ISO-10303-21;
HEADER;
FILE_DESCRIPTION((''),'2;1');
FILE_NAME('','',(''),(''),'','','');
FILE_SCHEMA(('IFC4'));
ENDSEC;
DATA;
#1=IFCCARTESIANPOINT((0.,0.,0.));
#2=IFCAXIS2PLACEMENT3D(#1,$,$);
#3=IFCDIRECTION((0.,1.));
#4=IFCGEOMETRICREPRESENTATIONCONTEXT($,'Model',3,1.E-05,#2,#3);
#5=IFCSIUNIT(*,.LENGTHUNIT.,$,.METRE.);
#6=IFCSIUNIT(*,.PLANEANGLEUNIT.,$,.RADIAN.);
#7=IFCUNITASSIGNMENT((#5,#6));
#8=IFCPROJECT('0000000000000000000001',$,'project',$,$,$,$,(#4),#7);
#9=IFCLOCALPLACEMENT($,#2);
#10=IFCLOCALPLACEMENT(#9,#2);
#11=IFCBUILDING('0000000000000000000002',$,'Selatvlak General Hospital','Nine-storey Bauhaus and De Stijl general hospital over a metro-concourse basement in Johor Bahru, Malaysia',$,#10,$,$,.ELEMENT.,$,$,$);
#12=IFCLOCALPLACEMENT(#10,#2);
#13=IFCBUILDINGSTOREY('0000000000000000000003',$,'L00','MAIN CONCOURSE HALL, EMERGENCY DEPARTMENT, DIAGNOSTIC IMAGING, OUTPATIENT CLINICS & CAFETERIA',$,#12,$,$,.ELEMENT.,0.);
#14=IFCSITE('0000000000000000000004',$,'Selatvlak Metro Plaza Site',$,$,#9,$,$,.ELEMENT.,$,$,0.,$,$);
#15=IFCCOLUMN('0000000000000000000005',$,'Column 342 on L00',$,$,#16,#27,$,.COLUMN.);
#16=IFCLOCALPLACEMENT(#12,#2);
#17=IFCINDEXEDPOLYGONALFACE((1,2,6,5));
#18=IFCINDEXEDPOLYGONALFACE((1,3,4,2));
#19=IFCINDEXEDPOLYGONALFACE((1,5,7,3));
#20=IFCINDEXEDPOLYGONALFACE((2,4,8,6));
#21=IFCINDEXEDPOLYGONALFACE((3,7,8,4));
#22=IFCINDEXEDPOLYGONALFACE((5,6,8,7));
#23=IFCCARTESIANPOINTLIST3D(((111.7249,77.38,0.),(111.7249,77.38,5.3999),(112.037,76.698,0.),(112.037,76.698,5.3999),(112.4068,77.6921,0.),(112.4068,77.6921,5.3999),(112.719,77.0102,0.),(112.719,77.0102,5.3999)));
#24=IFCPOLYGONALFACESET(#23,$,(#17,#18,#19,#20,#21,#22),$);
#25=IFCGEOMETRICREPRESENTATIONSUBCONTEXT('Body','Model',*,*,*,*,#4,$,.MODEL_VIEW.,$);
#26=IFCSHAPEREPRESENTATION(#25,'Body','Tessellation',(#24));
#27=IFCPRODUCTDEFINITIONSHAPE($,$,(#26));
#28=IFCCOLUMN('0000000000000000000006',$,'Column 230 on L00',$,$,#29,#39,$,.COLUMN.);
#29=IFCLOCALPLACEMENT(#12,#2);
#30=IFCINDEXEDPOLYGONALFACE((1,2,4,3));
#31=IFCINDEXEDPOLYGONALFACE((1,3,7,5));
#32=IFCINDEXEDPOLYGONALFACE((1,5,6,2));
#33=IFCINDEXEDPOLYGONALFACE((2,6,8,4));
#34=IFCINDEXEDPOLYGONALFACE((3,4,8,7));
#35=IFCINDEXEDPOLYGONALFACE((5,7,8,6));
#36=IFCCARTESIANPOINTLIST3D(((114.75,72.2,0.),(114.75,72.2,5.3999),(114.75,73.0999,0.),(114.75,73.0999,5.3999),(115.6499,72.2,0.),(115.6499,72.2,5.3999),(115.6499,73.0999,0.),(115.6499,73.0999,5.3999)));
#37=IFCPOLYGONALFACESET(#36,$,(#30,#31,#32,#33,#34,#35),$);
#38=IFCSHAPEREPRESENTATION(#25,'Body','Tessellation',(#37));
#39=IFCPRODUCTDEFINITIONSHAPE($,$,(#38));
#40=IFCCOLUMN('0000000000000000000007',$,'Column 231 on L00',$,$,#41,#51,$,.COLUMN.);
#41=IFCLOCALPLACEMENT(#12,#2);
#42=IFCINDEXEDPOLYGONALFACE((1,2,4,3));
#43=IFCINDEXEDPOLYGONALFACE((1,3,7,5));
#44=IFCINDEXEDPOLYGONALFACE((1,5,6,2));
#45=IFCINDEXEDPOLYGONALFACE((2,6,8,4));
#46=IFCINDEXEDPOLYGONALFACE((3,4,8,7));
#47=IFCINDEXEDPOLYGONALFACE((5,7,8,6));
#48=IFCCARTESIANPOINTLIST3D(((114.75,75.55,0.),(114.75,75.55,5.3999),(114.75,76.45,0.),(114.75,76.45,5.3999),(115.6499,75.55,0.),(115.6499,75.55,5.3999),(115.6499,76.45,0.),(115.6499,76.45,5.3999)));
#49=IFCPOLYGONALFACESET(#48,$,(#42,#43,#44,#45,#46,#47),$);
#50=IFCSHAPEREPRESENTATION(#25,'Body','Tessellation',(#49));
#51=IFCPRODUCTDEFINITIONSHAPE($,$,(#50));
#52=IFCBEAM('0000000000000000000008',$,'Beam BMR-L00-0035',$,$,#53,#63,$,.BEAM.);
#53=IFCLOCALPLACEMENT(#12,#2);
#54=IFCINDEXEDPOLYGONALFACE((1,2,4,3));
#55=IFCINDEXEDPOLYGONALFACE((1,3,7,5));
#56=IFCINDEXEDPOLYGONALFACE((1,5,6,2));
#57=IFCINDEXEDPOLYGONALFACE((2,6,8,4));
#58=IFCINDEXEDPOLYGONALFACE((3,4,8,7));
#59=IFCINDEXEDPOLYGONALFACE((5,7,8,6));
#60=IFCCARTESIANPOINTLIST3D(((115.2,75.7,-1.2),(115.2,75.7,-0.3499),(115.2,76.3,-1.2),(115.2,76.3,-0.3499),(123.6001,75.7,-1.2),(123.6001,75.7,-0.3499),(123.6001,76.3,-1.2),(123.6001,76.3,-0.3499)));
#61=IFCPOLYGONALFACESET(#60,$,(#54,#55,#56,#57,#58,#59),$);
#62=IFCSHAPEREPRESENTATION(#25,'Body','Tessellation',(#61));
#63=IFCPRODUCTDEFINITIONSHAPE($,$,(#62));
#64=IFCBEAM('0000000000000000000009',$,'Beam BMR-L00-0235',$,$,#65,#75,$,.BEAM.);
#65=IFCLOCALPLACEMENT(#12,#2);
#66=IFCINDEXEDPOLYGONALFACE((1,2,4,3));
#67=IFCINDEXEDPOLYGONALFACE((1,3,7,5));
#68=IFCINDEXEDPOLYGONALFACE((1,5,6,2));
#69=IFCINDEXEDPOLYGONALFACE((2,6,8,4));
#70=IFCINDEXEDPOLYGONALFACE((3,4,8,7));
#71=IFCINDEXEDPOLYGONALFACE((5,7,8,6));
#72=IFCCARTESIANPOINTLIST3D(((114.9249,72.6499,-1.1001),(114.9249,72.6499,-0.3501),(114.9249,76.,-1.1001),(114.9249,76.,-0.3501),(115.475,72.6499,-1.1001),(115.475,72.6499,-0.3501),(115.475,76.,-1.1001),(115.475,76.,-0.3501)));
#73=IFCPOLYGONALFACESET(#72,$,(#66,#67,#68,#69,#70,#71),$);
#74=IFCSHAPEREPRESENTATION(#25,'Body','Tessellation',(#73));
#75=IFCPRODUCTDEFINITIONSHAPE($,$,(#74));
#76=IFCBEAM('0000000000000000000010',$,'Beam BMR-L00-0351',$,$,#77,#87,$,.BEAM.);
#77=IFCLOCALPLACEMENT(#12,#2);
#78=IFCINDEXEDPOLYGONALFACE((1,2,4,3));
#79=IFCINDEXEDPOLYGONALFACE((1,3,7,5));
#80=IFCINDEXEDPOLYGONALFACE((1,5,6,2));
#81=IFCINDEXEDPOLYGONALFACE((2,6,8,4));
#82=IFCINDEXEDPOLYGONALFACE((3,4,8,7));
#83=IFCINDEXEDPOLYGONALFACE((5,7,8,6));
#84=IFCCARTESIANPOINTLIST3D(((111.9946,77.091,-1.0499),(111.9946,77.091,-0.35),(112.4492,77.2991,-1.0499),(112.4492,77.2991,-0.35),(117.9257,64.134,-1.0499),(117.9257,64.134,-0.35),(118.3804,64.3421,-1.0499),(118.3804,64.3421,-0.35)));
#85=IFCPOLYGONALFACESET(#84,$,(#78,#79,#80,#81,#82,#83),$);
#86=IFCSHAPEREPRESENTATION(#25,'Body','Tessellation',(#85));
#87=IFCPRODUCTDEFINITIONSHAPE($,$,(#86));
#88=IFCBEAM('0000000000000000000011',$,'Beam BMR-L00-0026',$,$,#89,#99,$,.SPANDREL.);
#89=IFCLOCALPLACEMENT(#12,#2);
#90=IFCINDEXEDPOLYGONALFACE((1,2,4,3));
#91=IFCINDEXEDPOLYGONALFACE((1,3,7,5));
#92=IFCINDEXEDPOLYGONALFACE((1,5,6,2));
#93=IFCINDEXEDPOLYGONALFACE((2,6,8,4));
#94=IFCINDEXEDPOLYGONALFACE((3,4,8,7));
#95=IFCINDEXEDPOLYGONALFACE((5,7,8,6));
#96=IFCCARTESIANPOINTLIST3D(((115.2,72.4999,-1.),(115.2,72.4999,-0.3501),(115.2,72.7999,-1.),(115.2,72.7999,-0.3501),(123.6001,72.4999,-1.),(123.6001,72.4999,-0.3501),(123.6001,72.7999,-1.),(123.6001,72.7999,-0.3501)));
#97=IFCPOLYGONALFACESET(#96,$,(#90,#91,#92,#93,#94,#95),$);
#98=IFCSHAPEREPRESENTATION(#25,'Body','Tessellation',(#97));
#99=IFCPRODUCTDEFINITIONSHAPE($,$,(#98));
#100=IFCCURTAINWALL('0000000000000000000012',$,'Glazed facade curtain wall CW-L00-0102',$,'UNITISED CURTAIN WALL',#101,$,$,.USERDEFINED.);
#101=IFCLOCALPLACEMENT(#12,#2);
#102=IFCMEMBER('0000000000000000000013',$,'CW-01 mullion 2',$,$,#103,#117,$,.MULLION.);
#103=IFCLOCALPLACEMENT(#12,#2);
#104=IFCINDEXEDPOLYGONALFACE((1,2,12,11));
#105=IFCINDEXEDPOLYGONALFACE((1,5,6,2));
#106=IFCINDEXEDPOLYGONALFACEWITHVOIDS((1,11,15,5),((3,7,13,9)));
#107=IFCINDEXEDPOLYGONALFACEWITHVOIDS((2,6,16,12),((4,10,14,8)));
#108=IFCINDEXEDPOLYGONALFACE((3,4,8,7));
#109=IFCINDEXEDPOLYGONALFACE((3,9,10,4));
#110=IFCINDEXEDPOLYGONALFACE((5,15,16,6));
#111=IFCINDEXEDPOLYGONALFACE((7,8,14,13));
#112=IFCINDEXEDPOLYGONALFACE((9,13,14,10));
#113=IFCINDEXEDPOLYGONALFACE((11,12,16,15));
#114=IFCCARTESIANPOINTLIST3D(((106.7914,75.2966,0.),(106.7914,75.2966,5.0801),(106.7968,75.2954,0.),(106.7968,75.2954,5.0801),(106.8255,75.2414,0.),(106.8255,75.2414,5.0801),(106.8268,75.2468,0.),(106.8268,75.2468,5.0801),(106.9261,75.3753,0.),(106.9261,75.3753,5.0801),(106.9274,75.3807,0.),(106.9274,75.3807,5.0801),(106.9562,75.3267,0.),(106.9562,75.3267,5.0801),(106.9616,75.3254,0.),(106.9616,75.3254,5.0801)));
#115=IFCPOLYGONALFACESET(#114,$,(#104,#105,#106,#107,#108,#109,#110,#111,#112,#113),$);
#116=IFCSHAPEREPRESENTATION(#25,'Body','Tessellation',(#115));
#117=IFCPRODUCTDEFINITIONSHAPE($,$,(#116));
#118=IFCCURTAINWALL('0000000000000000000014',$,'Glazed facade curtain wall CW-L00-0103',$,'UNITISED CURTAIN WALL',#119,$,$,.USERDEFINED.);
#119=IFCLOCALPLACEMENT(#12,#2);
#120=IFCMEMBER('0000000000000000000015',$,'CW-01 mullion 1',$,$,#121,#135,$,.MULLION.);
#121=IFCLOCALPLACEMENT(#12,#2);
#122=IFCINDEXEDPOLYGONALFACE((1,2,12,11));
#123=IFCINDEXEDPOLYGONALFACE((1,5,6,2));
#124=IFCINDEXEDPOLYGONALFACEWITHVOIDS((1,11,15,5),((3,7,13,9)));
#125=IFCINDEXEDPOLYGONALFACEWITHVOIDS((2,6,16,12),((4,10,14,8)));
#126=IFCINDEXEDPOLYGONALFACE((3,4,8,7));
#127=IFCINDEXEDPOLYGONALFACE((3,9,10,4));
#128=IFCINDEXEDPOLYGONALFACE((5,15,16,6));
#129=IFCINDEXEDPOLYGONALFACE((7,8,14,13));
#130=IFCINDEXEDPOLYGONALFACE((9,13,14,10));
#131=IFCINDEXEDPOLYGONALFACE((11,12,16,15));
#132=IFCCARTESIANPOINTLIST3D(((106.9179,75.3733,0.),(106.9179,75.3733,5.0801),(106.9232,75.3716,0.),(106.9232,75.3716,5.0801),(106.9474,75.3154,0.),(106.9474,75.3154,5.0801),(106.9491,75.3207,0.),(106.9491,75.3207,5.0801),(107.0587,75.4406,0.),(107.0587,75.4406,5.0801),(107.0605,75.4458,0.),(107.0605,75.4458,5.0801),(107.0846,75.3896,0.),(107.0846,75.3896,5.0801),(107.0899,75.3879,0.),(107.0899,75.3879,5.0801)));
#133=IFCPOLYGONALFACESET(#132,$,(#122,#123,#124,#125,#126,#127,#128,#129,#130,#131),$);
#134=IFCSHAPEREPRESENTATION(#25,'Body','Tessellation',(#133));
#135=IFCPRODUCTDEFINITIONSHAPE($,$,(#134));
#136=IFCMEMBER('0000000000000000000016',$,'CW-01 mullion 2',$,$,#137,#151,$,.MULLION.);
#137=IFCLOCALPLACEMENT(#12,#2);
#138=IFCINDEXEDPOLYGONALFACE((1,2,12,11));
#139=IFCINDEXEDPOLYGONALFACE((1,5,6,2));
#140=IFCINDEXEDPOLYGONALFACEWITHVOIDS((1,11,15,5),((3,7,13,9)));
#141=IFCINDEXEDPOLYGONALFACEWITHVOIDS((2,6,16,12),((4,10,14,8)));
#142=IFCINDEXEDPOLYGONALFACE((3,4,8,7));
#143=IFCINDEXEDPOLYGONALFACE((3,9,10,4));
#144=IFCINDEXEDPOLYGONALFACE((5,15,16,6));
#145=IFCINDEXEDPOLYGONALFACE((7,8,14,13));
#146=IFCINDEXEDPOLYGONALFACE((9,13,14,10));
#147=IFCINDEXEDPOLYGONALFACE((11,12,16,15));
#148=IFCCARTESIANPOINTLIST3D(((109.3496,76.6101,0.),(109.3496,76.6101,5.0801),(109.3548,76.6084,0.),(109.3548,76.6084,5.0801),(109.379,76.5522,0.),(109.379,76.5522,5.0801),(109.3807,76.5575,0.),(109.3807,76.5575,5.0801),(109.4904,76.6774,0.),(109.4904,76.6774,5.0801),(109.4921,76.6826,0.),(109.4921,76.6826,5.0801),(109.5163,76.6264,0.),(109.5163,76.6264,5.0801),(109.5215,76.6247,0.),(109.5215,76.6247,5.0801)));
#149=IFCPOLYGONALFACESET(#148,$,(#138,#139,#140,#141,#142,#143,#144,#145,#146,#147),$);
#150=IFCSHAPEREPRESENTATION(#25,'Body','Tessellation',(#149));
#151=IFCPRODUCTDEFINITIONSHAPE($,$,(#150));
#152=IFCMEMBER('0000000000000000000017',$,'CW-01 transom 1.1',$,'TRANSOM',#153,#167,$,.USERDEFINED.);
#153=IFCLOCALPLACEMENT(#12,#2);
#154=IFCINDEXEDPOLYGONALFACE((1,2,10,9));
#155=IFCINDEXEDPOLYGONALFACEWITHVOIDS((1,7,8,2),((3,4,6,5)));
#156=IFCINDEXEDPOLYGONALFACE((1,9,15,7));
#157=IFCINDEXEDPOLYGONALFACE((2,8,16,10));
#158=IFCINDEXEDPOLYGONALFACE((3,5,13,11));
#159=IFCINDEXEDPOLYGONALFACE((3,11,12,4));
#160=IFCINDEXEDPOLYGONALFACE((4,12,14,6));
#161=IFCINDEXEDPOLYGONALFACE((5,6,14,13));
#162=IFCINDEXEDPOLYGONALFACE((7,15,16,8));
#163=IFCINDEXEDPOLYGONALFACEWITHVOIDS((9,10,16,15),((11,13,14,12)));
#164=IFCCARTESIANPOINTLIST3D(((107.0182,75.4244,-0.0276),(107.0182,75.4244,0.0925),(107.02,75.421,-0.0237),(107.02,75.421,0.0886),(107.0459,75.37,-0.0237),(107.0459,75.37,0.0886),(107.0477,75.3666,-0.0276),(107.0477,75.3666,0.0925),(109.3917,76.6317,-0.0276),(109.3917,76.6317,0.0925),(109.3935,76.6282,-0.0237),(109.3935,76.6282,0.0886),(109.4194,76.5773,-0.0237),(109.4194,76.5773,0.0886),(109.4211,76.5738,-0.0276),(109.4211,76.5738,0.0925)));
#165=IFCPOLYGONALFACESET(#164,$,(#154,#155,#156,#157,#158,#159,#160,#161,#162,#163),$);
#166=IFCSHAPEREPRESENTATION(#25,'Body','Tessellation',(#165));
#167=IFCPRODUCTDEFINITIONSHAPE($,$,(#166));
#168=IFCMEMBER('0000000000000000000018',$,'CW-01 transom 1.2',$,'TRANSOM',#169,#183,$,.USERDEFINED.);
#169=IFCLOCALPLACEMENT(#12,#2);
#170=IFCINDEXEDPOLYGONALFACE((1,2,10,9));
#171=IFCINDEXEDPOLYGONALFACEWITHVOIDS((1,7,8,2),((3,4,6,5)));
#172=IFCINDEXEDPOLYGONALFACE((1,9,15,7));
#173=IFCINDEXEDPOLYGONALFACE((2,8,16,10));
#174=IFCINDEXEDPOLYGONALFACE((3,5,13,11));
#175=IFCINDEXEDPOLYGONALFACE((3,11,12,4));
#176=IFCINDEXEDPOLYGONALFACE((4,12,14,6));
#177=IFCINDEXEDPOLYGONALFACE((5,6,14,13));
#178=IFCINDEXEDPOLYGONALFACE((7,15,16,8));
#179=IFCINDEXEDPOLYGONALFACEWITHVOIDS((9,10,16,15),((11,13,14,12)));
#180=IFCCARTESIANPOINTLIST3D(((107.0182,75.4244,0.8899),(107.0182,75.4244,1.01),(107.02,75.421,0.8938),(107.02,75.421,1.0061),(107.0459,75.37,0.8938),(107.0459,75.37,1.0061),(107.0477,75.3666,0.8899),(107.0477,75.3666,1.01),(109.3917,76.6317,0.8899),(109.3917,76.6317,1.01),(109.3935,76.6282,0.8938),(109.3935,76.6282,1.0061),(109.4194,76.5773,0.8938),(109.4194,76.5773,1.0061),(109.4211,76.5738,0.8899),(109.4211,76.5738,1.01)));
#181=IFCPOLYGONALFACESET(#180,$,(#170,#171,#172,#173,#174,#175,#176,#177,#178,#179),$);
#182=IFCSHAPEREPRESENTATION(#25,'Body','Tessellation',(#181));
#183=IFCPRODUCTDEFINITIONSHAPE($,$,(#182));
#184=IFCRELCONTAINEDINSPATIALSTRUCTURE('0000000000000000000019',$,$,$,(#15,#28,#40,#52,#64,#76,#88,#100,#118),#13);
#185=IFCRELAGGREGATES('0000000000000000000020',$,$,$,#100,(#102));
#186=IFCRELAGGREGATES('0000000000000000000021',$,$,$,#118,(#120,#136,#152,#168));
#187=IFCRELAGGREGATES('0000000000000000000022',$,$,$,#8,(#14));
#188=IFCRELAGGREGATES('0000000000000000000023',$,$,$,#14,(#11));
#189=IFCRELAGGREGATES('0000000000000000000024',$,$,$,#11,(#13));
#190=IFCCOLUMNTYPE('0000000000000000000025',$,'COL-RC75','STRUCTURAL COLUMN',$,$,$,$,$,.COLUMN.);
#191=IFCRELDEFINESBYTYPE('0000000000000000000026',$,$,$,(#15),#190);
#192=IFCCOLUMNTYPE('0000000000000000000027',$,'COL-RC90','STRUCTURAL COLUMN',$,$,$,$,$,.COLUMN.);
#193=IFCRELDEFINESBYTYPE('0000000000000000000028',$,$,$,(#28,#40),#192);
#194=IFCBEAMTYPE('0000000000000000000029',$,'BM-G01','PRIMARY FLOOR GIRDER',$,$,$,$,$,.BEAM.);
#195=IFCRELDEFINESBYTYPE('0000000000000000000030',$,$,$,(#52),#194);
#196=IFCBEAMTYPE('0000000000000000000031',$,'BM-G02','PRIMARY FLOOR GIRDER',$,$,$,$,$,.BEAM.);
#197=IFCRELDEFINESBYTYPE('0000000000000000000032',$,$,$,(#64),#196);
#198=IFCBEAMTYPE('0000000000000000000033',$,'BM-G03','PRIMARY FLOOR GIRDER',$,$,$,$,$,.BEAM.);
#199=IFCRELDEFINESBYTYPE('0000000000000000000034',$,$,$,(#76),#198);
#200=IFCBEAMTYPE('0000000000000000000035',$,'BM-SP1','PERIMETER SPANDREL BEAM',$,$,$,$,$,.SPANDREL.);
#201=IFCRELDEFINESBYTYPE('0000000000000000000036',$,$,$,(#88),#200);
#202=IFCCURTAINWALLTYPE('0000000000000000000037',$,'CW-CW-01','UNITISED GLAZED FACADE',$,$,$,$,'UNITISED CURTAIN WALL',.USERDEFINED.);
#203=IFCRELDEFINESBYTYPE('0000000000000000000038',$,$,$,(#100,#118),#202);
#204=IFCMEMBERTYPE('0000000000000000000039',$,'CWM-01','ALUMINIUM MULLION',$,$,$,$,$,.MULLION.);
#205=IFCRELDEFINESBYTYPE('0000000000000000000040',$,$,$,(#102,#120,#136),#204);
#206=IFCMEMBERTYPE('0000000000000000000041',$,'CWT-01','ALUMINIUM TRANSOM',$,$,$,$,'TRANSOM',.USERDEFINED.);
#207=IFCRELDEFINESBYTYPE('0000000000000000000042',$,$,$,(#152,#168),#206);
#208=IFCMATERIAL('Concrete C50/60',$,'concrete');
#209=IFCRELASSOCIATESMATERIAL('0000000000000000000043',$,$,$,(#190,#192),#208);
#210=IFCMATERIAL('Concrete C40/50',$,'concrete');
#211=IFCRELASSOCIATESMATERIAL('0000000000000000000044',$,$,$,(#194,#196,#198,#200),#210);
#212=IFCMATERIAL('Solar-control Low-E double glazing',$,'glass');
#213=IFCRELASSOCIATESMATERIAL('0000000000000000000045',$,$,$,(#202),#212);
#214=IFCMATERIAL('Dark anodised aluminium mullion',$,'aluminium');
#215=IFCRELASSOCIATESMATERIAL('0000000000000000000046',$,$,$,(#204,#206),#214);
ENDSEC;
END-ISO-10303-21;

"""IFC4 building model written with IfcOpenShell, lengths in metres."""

from ifc_helpers import new_model, si_unit, direction, frame, origin, origin_2d, place, context, subcontext, project, spatial, rectangle, hollow_rectangle, extrude, material, material_profile, profile_set, type_object, element, aggregate, save


model = new_model("IFC4")

# Units and contexts
model_context = context("Model", 3, precision=1e-05, world=origin(), true_north=direction((0.0, 1.0)))
body_context = subcontext(model_context, "Body", "Model", "MODEL_VIEW")
ifc_project = project(units=[si_unit("LENGTHUNIT", "METRE"), si_unit("PLANEANGLEUNIT", "RADIAN")], contexts=[model_context])

# Site, building, storey
site_placement = place(None, origin())
site = spatial("IfcSite", under=ifc_project, at=site_placement, Name="Selatvlak Metro Plaza Site", CompositionType="ELEMENT", RefElevation=0.0)
building_placement = place(site_placement, origin())
building = spatial("IfcBuilding", under=site, at=building_placement, Name="Selatvlak General Hospital", Description="Nine-storey Bauhaus and De Stijl general hospital over a metro-concourse basement in Johor Bahru, Malaysia", CompositionType="ELEMENT")
storey_placement = place(building_placement, origin())
storey = spatial("IfcBuildingStorey", under=building, at=storey_placement, Name="L00", Description="MAIN CONCOURSE HALL, EMERGENCY DEPARTMENT, DIAGNOSTIC IMAGING, OUTPATIENT CLINICS & CAFETERIA", CompositionType="ELEMENT", Elevation=0.0)

# Columns
ifc_material_1 = material(Name="Concrete C50/60", Category="concrete")
ifc_material_profile_1 = material_profile(ifc_material_1, rectangle(XDim=0.75, YDim=0.75, at=origin_2d()), Name="RC-COL 750x750")
ifc_profile_set_1 = profile_set([ifc_material_profile_1], Name="Concrete C50/60")
column_type_1 = type_object("IfcColumnType", Name="COL-RC75", Description="STRUCTURAL COLUMN", PredefinedType="COLUMN", material=ifc_profile_set_1)
column_placement = place(storey_placement, frame((112.2219, 77.1951, 0.0), z_axis=(0.0, 0.0, 1.0), x_axis=(-0.416201, 0.909272, 0.0)))
element("IfcColumn", 1, at=column_placement, inside=storey, type_object=column_type_1, Name="Column 342 on L00", PredefinedType="COLUMN", context=body_context, shape_type="SweptSolid", body=[
    extrude(rectangle(XDim=0.75, YDim=0.75, at=origin_2d()), origin(), (0.0, 0.0, 1.0), 5.3999),
])
ifc_material_profile_2 = material_profile(ifc_material_1, rectangle(XDim=0.8999, YDim=0.8999, at=origin_2d()), Name="RC-COL 900x900")
ifc_profile_set_2 = profile_set([ifc_material_profile_2], Name="Concrete C50/60")
column_type_2 = type_object("IfcColumnType", Name="COL-RC90", Description="STRUCTURAL COLUMN", PredefinedType="COLUMN", material=ifc_profile_set_2)
for number, where, z_axis, x_axis, name in (
    (2, (115.2, 72.6499, 0.0), (0.0, 0.0, 1.0), (1.0, 0.0, 0.0), "Column 230 on L00"),
    (3, (115.2, 76.0, 0.0), (0.0, 0.0, 1.0), (1.0, 0.0, 0.0), "Column 231 on L00"),
):
    element("IfcColumn", number, at=place(storey_placement, frame(where, z_axis=z_axis, x_axis=x_axis)), inside=storey, type_object=column_type_2, Name=name, PredefinedType="COLUMN", context=body_context, shape_type="SweptSolid", body=[
        extrude(rectangle(XDim=0.8999, YDim=0.8999, at=origin_2d()), origin(), (0.0, 0.0, 1.0), 5.3999),
    ])

# Beams
ifc_material_2 = material(Name="Concrete C40/50", Category="concrete")
ifc_material_profile_3 = material_profile(ifc_material_2, rectangle(XDim=0.6001, YDim=0.8501, at=origin_2d()), Name="RC-BM 600x850")
ifc_profile_set_3 = profile_set([ifc_material_profile_3], Name="Concrete C40/50")
beam_type_1 = type_object("IfcBeamType", Name="BM-G01", Description="PRIMARY FLOOR GIRDER", PredefinedType="BEAM", material=ifc_profile_set_3)
beam_1_placement = place(storey_placement, frame((115.2, 76.0, -0.7749), z_axis=(1.0, 0.0, 0.0), x_axis=(0.0, 1.0, 0.0)))
element("IfcBeam", 4, at=beam_1_placement, inside=storey, type_object=beam_type_1, Name="Beam BMR-L00-0035", PredefinedType="BEAM", context=body_context, shape_type="SweptSolid", body=[
    extrude(rectangle(XDim=0.6001, YDim=0.8501, at=origin_2d()), origin(), (0.0, 0.0, 1.0), 8.4001),
])
ifc_material_profile_4 = material_profile(ifc_material_2, rectangle(XDim=0.55, YDim=0.75, at=origin_2d()), Name="RC-BM 550x750")
ifc_profile_set_4 = profile_set([ifc_material_profile_4], Name="Concrete C40/50")
beam_type_2 = type_object("IfcBeamType", Name="BM-G02", Description="PRIMARY FLOOR GIRDER", PredefinedType="BEAM", material=ifc_profile_set_4)
beam_2_placement = place(storey_placement, frame((115.2, 72.6499, -0.7251), z_axis=(0.0, 1.0, 0.0), x_axis=(-1.0, 0.0, 0.0)))
element("IfcBeam", 5, at=beam_2_placement, inside=storey, type_object=beam_type_2, Name="Beam BMR-L00-0235", PredefinedType="BEAM", context=body_context, shape_type="SweptSolid", body=[
    extrude(rectangle(XDim=0.55, YDim=0.75, at=origin_2d()), origin(), (0.0, 0.0, 1.0), 3.3501),
])
ifc_material_profile_5 = material_profile(ifc_material_2, rectangle(XDim=0.5, YDim=0.7, at=origin_2d()), Name="RC-BM 500x700")
ifc_profile_set_5 = profile_set([ifc_material_profile_5], Name="Concrete C40/50")
beam_type_3 = type_object("IfcBeamType", Name="BM-G03", Description="PRIMARY FLOOR GIRDER", PredefinedType="BEAM", material=ifc_profile_set_5)
beam_3_placement = place(storey_placement, frame((112.2219, 77.1951, -0.7), z_axis=(0.41622, -0.909264, 0.0), x_axis=(0.909264, 0.41622, 0.0)))
element("IfcBeam", 6, at=beam_3_placement, inside=storey, type_object=beam_type_3, Name="Beam BMR-L00-0351", PredefinedType="BEAM", context=body_context, shape_type="SweptSolid", body=[
    extrude(rectangle(XDim=0.5, YDim=0.7, at=origin_2d()), origin(), (0.0, 0.0, 1.0), 14.25),
])
ifc_material_profile_6 = material_profile(ifc_material_2, rectangle(XDim=0.3, YDim=0.6499, at=origin_2d()), Name="RC-SP 300x650")
ifc_profile_set_6 = profile_set([ifc_material_profile_6], Name="Concrete C40/50")
beam_type_4 = type_object("IfcBeamType", Name="BM-SP1", Description="PERIMETER SPANDREL BEAM", PredefinedType="SPANDREL", material=ifc_profile_set_6)
beam_4_placement = place(storey_placement, frame((115.2, 72.6499, -0.675), z_axis=(1.0, 0.0, 0.0), x_axis=(0.0, 1.0, 0.0)))
element("IfcBeam", 7, at=beam_4_placement, inside=storey, type_object=beam_type_4, Name="Beam BMR-L00-0026", PredefinedType="SPANDREL", context=body_context, shape_type="SweptSolid", body=[
    extrude(rectangle(XDim=0.3, YDim=0.6499, at=origin_2d()), origin(), (0.0, 0.0, 1.0), 8.4001),
])

# Curtain wall, member
ifc_material_3 = material(Name="Solar-control Low-E double glazing", Category="glass")
curtain_wall_type = type_object("IfcCurtainWallType", Name="CW-CW-01", Description="UNITISED GLAZED FACADE", ElementType="UNITISED CURTAIN WALL", PredefinedType="USERDEFINED", material=ifc_material_3)
curtain_wall_1_placement = place(storey_placement, origin())
curtain_wall_1 = element("IfcCurtainWall", 8, at=curtain_wall_1_placement, inside=storey, type_object=curtain_wall_type, Name="Glazed facade curtain wall CW-L00-0102", ObjectType="UNITISED CURTAIN WALL", PredefinedType="USERDEFINED")
ifc_material_4 = material(Name="Dark anodised aluminium mullion", Category="aluminium")
ifc_material_profile_7 = material_profile(ifc_material_4, hollow_rectangle(XDim=0.0649, YDim=0.1599, WallThickness=0.0039, at=origin_2d()), Name="AL-MUL 65x160x4")
ifc_profile_set_7 = profile_set([ifc_material_profile_7], Name="Dark anodised aluminium mullion")
member_type_1 = type_object("IfcMemberType", Name="CWM-01", Description="ALUMINIUM MULLION", PredefinedType="MULLION", material=ifc_profile_set_7)
member_1_placement = place(storey_placement, frame((106.8765, 75.311, 0.0), z_axis=(0.0, 0.0, 1.0), x_axis=(-0.525611, 0.850725, 0.0)))
member_1 = element("IfcMember", 9, at=member_1_placement, type_object=member_type_1, Name="CW-01 mullion 2", PredefinedType="MULLION", context=body_context, shape_type="SweptSolid", body=[
    extrude(hollow_rectangle(XDim=0.0649, YDim=0.1599, WallThickness=0.0039, at=origin_2d()), origin(), (0.0, 0.0, 1.0), 5.0801),
])
aggregate(curtain_wall_1, [member_1])

# Curtain wall, members
curtain_wall_2_placement = place(storey_placement, origin())
curtain_wall_2 = element("IfcCurtainWall", 10, at=curtain_wall_2_placement, inside=storey, type_object=curtain_wall_type, Name="Glazed facade curtain wall CW-L00-0103", ObjectType="UNITISED CURTAIN WALL", PredefinedType="USERDEFINED")
member_2_placement = place(storey_placement, frame((107.0039, 75.3806, 0.0), z_axis=(0.0, 0.0, 1.0), x_axis=(-0.453361, 0.891327, 0.0)))
member_2 = element("IfcMember", 11, at=member_2_placement, type_object=member_type_1, Name="CW-01 mullion 1", PredefinedType="MULLION", context=body_context, shape_type="SweptSolid", body=[
    extrude(hollow_rectangle(XDim=0.0649, YDim=0.1599, WallThickness=0.0039, at=origin_2d()), origin(), (0.0, 0.0, 1.0), 5.0801),
])
member_3_placement = place(storey_placement, frame((109.4355, 76.6174, 0.0), z_axis=(0.0, 0.0, 1.0), x_axis=(-0.453361, 0.891327, 0.0)))
member_3 = element("IfcMember", 12, at=member_3_placement, type_object=member_type_1, Name="CW-01 mullion 2", PredefinedType="MULLION", context=body_context, shape_type="SweptSolid", body=[
    extrude(hollow_rectangle(XDim=0.0649, YDim=0.1599, WallThickness=0.0039, at=origin_2d()), origin(), (0.0, 0.0, 1.0), 5.0801),
])
ifc_material_profile_8 = material_profile(ifc_material_4, hollow_rectangle(XDim=0.0649, YDim=0.1201, WallThickness=0.0039, at=origin_2d()), Name="AL-TRN 65x120x4")
ifc_profile_set_8 = profile_set([ifc_material_profile_8], Name="Dark anodised aluminium mullion")
member_type_2 = type_object("IfcMemberType", Name="CWT-01", Description="ALUMINIUM TRANSOM", ElementType="TRANSOM", PredefinedType="USERDEFINED", material=ifc_profile_set_8)
member_4_placement = place(storey_placement, frame((107.033, 75.3955, 0.0325), z_axis=(0.891325, 0.453364, 0.0), x_axis=(-0.453364, 0.891325, 0.0)))
member_4 = element("IfcMember", 13, at=member_4_placement, type_object=member_type_2, Name="CW-01 transom 1.1", ObjectType="TRANSOM", PredefinedType="USERDEFINED", context=body_context, shape_type="SweptSolid", body=[
    extrude(hollow_rectangle(XDim=0.0649, YDim=0.1201, WallThickness=0.0039, at=origin_2d()), origin(), (0.0, 0.0, 1.0), 2.6628),
])
member_5_placement = place(storey_placement, frame((107.033, 75.3955, 0.95), z_axis=(0.891325, 0.453364, 0.0), x_axis=(-0.453364, 0.891325, 0.0)))
member_5 = element("IfcMember", 14, at=member_5_placement, type_object=member_type_2, Name="CW-01 transom 1.2", ObjectType="TRANSOM", PredefinedType="USERDEFINED", context=body_context, shape_type="SweptSolid", body=[
    extrude(hollow_rectangle(XDim=0.0649, YDim=0.1201, WallThickness=0.0039, at=origin_2d()), origin(), (0.0, 0.0, 1.0), 2.6628),
])
aggregate(curtain_wall_2, [member_2, member_3, member_4, member_5])

save(model, "model.ifc")
